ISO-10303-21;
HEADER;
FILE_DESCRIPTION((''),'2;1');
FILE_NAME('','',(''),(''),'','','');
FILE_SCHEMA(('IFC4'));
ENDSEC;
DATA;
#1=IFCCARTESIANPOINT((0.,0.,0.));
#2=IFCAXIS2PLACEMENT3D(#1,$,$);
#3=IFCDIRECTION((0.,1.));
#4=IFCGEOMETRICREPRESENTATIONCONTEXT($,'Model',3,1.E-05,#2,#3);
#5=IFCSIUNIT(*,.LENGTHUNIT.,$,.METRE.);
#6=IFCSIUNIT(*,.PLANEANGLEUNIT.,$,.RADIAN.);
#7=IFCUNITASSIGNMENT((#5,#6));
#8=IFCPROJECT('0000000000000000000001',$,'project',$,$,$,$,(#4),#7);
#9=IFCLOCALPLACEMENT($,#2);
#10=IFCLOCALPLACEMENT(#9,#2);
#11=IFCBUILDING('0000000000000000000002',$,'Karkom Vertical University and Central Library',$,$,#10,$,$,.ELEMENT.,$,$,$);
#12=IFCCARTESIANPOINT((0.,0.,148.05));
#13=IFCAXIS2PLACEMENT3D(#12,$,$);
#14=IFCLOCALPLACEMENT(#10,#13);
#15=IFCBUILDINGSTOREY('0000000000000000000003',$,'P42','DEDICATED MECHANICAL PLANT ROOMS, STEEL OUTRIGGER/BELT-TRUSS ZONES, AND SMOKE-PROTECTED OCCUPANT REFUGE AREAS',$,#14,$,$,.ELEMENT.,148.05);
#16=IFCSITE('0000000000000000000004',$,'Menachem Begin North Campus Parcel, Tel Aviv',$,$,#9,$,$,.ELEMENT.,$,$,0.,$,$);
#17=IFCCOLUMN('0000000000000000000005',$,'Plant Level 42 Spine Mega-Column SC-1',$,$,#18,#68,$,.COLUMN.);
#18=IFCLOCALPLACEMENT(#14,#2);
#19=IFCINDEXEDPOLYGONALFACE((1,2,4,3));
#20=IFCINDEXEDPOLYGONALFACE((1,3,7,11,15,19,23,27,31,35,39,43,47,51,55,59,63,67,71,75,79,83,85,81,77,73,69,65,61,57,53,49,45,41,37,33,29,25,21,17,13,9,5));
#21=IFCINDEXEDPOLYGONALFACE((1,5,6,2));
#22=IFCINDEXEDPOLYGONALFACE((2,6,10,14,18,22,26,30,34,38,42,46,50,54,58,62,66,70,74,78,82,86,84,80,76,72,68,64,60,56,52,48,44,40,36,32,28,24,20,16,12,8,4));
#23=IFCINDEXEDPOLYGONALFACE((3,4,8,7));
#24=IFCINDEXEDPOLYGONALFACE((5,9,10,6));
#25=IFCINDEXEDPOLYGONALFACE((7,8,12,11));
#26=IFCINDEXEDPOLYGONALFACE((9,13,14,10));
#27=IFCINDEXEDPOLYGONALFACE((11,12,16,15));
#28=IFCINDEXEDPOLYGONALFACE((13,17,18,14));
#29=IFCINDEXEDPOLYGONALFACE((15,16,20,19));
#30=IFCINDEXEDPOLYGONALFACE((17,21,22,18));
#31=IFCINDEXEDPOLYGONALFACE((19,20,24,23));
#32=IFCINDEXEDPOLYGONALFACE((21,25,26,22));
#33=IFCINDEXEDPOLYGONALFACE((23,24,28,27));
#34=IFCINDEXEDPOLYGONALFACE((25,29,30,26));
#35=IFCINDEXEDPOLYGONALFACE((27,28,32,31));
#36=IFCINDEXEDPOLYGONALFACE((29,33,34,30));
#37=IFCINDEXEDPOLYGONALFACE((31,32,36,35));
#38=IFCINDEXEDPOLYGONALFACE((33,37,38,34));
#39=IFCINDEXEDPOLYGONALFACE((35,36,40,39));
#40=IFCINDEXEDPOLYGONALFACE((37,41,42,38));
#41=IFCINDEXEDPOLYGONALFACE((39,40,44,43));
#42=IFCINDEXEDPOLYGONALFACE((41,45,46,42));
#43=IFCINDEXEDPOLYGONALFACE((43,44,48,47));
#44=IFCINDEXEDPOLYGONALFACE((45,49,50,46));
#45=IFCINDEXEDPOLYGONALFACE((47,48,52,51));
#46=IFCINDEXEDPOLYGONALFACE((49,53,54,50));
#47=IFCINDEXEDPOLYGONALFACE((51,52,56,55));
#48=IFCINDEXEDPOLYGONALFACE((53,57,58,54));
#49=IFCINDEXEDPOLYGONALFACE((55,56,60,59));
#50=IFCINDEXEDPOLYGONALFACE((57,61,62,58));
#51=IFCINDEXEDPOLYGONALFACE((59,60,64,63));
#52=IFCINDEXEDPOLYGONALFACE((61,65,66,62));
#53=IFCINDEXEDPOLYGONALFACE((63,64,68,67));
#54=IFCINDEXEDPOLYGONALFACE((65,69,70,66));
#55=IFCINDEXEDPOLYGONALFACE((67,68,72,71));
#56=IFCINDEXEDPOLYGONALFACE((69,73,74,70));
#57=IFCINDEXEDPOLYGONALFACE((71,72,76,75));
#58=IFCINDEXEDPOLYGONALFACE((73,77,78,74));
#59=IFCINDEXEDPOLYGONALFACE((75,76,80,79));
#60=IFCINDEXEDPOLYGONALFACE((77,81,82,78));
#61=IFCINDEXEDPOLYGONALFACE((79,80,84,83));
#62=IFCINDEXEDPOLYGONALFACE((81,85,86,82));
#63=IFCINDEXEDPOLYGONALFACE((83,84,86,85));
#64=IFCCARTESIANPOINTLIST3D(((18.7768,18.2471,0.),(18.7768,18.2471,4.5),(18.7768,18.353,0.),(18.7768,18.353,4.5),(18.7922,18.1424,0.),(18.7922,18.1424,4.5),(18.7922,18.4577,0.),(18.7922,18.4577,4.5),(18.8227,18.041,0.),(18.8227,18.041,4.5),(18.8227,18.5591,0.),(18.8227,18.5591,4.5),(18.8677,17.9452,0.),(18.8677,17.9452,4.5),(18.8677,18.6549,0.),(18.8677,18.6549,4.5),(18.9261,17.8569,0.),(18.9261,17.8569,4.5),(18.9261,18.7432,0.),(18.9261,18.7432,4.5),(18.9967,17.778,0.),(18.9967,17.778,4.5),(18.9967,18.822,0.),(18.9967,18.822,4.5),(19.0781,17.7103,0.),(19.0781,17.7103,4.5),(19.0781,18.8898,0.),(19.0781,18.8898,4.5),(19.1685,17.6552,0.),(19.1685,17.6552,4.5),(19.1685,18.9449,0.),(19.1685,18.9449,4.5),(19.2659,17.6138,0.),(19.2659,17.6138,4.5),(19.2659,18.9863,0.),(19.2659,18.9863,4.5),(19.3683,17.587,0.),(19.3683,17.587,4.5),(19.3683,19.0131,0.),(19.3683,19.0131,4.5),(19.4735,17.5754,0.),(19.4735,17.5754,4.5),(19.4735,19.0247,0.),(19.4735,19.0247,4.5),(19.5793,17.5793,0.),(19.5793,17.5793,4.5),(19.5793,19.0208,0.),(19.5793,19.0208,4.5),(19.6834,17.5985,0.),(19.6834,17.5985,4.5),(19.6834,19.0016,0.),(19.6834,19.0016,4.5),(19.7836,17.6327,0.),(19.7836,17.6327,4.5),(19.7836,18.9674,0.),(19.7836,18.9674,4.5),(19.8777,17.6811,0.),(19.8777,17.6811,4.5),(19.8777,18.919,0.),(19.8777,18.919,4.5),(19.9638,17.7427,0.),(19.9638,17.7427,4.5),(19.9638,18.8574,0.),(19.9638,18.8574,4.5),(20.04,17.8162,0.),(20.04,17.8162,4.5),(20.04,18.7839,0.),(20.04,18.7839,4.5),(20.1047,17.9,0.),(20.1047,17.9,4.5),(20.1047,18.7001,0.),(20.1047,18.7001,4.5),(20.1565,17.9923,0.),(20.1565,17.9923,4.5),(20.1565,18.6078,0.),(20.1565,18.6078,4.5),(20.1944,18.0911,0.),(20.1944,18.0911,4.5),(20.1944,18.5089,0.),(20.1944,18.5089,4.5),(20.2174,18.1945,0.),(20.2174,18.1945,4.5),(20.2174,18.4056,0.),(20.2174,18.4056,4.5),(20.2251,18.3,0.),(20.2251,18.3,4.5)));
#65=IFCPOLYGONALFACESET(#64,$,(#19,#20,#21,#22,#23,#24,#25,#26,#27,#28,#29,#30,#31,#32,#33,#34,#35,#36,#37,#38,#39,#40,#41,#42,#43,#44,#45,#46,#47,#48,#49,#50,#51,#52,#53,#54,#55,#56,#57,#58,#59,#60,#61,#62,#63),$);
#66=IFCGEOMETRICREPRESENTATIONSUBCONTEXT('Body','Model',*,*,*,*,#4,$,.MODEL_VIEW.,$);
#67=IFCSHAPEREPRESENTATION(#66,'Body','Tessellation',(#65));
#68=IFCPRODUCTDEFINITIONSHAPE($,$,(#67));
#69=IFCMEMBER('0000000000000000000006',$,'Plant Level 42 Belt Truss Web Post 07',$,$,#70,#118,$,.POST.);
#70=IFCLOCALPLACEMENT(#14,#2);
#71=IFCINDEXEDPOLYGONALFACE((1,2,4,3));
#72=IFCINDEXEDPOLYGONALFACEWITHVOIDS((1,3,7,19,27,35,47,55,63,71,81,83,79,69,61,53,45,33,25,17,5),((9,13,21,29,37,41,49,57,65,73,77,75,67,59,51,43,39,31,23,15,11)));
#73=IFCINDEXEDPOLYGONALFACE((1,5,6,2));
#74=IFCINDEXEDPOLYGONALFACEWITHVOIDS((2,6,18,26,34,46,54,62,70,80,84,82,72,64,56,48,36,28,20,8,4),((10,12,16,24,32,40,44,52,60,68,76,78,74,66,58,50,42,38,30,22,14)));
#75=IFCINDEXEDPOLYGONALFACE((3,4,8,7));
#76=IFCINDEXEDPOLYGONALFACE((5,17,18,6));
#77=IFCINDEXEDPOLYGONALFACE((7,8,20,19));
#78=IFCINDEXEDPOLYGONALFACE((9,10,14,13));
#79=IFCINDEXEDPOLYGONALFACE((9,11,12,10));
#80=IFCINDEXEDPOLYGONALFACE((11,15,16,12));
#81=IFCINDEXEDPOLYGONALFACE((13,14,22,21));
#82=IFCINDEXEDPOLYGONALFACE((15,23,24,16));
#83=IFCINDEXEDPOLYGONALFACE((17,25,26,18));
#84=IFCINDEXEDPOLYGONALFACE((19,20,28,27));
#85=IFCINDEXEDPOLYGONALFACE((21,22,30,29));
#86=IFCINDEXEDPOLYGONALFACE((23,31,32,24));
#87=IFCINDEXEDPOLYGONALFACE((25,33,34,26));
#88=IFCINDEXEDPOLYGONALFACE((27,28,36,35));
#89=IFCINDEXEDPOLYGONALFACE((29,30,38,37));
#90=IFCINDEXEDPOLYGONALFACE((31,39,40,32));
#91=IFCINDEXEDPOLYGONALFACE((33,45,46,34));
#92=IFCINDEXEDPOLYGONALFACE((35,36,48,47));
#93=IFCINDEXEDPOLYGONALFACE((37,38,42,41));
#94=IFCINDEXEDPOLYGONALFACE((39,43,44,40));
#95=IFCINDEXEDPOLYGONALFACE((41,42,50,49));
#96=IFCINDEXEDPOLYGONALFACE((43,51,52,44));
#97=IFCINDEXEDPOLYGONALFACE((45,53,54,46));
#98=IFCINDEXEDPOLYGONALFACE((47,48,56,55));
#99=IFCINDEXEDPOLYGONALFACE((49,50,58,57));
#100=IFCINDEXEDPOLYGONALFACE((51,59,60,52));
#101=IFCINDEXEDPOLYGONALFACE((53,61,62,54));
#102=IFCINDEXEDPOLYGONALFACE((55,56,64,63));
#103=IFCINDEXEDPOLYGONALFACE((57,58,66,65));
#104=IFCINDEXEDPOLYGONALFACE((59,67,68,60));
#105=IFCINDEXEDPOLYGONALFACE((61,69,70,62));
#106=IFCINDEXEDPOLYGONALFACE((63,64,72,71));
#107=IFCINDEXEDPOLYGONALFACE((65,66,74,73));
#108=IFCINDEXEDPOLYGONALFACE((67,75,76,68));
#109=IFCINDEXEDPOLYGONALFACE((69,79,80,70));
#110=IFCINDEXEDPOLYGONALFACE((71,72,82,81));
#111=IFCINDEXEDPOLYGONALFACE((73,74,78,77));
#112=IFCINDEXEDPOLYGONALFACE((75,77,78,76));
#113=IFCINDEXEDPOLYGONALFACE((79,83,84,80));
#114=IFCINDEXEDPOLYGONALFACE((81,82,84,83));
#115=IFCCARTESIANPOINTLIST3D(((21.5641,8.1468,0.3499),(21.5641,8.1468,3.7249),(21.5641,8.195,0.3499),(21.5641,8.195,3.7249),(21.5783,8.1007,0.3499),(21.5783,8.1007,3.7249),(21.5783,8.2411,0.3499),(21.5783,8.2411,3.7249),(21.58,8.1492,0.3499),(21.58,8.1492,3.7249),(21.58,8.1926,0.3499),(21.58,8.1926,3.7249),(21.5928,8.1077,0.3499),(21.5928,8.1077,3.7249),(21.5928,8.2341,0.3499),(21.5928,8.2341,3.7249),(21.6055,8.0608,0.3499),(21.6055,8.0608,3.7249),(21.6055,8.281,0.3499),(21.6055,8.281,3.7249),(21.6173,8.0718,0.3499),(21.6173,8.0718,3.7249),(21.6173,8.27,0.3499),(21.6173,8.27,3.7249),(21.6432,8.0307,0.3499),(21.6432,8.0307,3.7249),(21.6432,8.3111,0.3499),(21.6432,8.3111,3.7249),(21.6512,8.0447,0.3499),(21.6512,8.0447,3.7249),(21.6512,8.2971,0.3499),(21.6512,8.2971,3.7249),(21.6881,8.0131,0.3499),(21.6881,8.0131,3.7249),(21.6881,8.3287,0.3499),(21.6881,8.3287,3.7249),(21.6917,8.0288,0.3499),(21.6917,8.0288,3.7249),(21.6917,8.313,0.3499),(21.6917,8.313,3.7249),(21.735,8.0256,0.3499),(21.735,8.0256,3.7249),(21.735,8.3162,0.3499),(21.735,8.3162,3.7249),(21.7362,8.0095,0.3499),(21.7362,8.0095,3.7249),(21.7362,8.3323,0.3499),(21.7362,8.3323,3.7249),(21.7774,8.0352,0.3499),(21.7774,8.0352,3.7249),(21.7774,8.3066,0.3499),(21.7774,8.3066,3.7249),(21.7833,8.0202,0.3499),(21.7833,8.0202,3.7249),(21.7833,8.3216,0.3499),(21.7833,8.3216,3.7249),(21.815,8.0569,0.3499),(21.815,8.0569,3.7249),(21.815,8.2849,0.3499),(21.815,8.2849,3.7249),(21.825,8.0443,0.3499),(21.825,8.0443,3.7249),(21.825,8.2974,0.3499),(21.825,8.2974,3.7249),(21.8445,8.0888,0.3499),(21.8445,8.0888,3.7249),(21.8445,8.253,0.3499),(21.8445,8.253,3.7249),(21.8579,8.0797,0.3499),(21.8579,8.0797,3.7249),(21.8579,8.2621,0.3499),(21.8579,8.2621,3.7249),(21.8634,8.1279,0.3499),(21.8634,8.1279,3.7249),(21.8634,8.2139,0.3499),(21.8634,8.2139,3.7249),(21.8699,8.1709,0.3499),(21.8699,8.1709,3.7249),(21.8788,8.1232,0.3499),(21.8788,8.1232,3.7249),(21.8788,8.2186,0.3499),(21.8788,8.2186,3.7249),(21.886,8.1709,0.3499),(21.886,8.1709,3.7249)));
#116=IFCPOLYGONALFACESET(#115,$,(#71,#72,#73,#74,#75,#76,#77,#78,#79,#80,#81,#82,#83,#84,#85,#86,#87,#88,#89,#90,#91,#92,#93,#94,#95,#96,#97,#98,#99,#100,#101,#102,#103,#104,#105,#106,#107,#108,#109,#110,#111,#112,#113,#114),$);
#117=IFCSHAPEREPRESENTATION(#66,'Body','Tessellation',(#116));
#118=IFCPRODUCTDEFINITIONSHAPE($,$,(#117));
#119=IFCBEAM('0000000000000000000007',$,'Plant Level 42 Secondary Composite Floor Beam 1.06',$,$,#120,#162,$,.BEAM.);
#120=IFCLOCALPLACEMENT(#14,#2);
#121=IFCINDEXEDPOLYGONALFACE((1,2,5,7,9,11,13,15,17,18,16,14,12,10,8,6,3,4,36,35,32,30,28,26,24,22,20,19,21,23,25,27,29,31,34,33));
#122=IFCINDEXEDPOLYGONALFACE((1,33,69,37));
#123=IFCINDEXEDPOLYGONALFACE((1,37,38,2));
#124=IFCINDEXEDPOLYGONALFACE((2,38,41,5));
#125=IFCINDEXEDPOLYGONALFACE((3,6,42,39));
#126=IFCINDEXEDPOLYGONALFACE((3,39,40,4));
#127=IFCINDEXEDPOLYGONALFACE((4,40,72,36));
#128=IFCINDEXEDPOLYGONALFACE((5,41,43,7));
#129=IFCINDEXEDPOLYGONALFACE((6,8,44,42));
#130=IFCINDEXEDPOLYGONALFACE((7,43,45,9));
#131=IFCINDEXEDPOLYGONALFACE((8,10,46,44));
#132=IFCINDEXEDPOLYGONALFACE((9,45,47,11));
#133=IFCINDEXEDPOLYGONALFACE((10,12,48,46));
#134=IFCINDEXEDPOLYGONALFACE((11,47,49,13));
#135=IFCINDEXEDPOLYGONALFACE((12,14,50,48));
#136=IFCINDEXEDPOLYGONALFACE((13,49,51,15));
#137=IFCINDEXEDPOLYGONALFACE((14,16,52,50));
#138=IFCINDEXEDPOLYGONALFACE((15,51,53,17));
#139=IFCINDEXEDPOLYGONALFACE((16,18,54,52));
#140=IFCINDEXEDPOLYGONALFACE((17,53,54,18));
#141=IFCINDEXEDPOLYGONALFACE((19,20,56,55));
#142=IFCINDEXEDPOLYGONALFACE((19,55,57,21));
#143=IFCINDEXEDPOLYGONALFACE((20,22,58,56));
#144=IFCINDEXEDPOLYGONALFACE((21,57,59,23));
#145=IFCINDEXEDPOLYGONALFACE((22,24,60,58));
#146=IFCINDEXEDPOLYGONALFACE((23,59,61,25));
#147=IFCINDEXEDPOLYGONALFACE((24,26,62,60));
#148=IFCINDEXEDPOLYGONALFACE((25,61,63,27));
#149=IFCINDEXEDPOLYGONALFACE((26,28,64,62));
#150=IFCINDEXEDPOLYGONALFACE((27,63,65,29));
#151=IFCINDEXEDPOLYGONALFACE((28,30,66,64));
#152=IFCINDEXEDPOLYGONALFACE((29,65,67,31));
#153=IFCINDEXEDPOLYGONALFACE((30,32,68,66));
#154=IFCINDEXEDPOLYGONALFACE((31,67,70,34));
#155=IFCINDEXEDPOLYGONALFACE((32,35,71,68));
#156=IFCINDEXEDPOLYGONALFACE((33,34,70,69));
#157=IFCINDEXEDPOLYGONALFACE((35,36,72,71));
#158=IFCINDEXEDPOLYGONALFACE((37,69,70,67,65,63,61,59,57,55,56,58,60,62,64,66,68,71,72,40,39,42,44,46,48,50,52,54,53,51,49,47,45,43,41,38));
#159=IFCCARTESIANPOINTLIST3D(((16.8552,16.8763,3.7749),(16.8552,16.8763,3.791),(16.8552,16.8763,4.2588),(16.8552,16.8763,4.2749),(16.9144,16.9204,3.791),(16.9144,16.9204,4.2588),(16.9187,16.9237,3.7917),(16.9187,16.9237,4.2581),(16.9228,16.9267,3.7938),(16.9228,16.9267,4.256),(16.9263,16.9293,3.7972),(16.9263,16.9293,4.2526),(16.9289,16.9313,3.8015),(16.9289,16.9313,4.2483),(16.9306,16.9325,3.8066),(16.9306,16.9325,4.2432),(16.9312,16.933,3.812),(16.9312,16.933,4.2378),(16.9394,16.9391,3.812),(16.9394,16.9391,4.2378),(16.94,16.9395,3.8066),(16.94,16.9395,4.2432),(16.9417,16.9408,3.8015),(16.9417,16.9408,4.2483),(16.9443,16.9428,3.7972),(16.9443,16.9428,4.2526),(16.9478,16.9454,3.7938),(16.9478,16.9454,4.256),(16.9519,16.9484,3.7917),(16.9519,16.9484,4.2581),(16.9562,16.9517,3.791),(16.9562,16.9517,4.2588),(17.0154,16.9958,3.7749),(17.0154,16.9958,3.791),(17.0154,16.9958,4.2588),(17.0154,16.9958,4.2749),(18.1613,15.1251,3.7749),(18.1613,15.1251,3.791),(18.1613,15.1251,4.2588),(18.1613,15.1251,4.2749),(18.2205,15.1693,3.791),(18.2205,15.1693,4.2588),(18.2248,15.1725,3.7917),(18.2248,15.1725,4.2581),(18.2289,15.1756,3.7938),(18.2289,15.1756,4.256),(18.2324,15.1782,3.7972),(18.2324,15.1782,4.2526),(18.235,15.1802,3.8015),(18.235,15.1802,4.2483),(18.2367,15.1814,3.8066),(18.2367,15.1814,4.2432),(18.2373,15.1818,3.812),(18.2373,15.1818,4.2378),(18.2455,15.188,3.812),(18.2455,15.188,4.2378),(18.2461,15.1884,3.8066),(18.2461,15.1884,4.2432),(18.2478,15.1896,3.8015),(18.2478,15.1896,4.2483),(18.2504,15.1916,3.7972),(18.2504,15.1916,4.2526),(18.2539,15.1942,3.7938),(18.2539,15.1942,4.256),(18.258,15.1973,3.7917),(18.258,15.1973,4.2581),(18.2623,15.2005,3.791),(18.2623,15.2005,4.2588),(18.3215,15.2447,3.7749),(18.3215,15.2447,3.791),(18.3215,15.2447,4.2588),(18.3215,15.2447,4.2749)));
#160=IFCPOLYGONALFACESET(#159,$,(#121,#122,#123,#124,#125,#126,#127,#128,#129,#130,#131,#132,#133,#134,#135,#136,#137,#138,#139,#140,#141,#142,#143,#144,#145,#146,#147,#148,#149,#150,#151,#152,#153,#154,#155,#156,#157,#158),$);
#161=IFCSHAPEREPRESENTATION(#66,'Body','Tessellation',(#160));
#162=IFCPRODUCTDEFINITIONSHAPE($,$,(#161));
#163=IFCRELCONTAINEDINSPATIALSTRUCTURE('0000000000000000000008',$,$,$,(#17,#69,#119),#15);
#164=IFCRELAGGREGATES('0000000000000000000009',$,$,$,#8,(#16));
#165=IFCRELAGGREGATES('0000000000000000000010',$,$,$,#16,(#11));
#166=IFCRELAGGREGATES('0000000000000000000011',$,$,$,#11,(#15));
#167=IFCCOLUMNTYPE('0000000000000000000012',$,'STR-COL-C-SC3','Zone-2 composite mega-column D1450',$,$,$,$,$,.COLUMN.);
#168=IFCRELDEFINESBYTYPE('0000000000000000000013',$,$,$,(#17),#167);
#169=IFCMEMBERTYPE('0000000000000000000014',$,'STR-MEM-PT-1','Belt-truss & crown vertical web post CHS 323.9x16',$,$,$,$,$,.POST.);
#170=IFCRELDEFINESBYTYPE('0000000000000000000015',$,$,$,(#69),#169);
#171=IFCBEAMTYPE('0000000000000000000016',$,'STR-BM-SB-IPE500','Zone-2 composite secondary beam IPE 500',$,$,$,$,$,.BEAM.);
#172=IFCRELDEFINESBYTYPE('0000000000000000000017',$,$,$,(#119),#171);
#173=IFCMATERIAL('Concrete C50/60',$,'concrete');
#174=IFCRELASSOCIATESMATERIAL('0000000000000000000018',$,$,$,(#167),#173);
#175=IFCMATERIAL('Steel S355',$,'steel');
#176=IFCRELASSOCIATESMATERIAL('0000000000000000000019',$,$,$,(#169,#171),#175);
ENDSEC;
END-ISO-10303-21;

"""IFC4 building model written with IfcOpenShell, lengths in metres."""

from ifc_helpers import new_model, si_unit, direction, frame, origin, origin_with_axes, origin_2d, place, context, subcontext, project, spatial, circle, hollow_circle, i_section, extrude, source, transform, mapped, material, material_profile, profile_set, type_object, element, save


model = new_model("IFC4")

# Units and contexts
model_context = context("Model", 3, precision=1e-05, world=origin(), true_north=direction((0.0, 1.0)))
body_context = subcontext(model_context, "Body", "Model", "MODEL_VIEW")
ifc_project = project(units=[si_unit("LENGTHUNIT", "METRE"), si_unit("PLANEANGLEUNIT", "RADIAN")], contexts=[model_context])

# Site, building, storey
site_placement = place(None, origin())
site = spatial("IfcSite", under=ifc_project, at=site_placement, Name="Menachem Begin North Campus Parcel, Tel Aviv", CompositionType="ELEMENT", RefElevation=0.0)
building_placement = place(site_placement, origin())
building = spatial("IfcBuilding", under=site, at=building_placement, Name="Karkom Vertical University and Central Library", CompositionType="ELEMENT")
storey_placement = place(building_placement, frame((0.0, 0.0, 148.05)))
storey = spatial("IfcBuildingStorey", under=building, at=storey_placement, Name="P42", Description="DEDICATED MECHANICAL PLANT ROOMS, STEEL OUTRIGGER/BELT-TRUSS ZONES, AND SMOKE-PROTECTED OCCUPANT REFUGE AREAS", CompositionType="ELEMENT", Elevation=148.05)

# Column
ifc_material_1 = material(Name="Concrete C50/60", Category="concrete")
ifc_material_profile_1 = material_profile(ifc_material_1, circle(Radius=0.7251, at=origin_2d()), Name="CFT-D1450")
ifc_profile_set_1 = profile_set([ifc_material_profile_1], Name="Concrete C50/60")
column_type = type_object("IfcColumnType", Name="STR-COL-C-SC3", Description="Zone-2 composite mega-column D1450", PredefinedType="COLUMN", material=ifc_profile_set_1)
shared_shape_1 = source(origin_with_axes(), body_context, "Body", "SweptSolid", [
    extrude(circle(Radius=0.7251, at=origin_2d()), origin(), (0.0, 0.0, 1.0), 4.5),
])
column_placement = place(storey_placement, frame((19.5, 18.3, 0.0), z_axis=(0.0, 0.0, 1.0), x_axis=(1.0, 0.0, 0.0)))
element("IfcColumn", 1, at=column_placement, inside=storey, type_object=column_type, Name="Plant Level 42 Spine Mega-Column SC-1", PredefinedType="COLUMN", context=body_context, shape_type="MappedRepresentation", body=[
    mapped(shared_shape_1, transform((0.0, 0.0, 0.0), scale=1.0)),
])

# Member
ifc_material_2 = material(Name="Steel S355", Category="steel")
ifc_material_profile_2 = material_profile(ifc_material_2, hollow_circle(Radius=0.1619, WallThickness=0.0161, at=origin_2d()), Name="CHS 323.9x16")
ifc_profile_set_2 = profile_set([ifc_material_profile_2], Name="Steel S355")
member_type = type_object("IfcMemberType", Name="STR-MEM-PT-1", Description="Belt-truss & crown vertical web post CHS 323.9x16", PredefinedType="POST", material=ifc_profile_set_2)
shared_shape_2 = source(origin_with_axes(), body_context, "Body", "SweptSolid", [
    extrude(hollow_circle(Radius=0.1619, WallThickness=0.0161, at=origin_2d()), origin(), (0.0, 0.0, 1.0), 3.375),
])
member_placement = place(storey_placement, frame((21.7241, 8.1709, 0.3499), z_axis=(0.0, 0.0, 1.0), x_axis=(1.0, 0.0, 0.0)))
element("IfcMember", 2, at=member_placement, inside=storey, type_object=member_type, Name="Plant Level 42 Belt Truss Web Post 07", PredefinedType="POST", context=body_context, shape_type="MappedRepresentation", body=[
    mapped(shared_shape_2, transform((0.0, 0.0, 0.0), scale=1.0)),
])

# Beam
ifc_material_profile_3 = material_profile(ifc_material_2, i_section(OverallWidth=0.2, OverallDepth=0.5, WebThickness=0.0103, FlangeThickness=0.0161, FilletRadius=0.021, at=origin_2d()), Name="IPE 500")
ifc_profile_set_3 = profile_set([ifc_material_profile_3], Name="Steel S355")
beam_type_1 = type_object("IfcBeamType", Name="STR-BM-SB-IPE500", Description="Zone-2 composite secondary beam IPE 500", PredefinedType="BEAM", material=ifc_profile_set_3)
shared_shape_3 = source(origin_with_axes(), body_context, "Body", "SweptSolid", [
    extrude(i_section(OverallWidth=0.2, OverallDepth=0.5, WebThickness=0.0103, FlangeThickness=0.0161, FilletRadius=0.021, at=origin_2d()), origin(), (0.0, 0.0, 1.0), 2.1846),
])
beam_1_placement = place(storey_placement, frame((16.9353, 16.936, 4.0249), z_axis=(0.59787, -0.801593, 0.0), x_axis=(0.801593, 0.59787, 0.0)))
element("IfcBeam", 3, at=beam_1_placement, inside=storey, type_object=beam_type_1, Name="Plant Level 42 Secondary Composite Floor Beam 1.06", PredefinedType="BEAM", context=body_context, shape_type="MappedRepresentation", body=[
    mapped(shared_shape_3, transform((0.0, 0.0, 0.0), scale=1.0)),
])

save(model, "model.ifc")
